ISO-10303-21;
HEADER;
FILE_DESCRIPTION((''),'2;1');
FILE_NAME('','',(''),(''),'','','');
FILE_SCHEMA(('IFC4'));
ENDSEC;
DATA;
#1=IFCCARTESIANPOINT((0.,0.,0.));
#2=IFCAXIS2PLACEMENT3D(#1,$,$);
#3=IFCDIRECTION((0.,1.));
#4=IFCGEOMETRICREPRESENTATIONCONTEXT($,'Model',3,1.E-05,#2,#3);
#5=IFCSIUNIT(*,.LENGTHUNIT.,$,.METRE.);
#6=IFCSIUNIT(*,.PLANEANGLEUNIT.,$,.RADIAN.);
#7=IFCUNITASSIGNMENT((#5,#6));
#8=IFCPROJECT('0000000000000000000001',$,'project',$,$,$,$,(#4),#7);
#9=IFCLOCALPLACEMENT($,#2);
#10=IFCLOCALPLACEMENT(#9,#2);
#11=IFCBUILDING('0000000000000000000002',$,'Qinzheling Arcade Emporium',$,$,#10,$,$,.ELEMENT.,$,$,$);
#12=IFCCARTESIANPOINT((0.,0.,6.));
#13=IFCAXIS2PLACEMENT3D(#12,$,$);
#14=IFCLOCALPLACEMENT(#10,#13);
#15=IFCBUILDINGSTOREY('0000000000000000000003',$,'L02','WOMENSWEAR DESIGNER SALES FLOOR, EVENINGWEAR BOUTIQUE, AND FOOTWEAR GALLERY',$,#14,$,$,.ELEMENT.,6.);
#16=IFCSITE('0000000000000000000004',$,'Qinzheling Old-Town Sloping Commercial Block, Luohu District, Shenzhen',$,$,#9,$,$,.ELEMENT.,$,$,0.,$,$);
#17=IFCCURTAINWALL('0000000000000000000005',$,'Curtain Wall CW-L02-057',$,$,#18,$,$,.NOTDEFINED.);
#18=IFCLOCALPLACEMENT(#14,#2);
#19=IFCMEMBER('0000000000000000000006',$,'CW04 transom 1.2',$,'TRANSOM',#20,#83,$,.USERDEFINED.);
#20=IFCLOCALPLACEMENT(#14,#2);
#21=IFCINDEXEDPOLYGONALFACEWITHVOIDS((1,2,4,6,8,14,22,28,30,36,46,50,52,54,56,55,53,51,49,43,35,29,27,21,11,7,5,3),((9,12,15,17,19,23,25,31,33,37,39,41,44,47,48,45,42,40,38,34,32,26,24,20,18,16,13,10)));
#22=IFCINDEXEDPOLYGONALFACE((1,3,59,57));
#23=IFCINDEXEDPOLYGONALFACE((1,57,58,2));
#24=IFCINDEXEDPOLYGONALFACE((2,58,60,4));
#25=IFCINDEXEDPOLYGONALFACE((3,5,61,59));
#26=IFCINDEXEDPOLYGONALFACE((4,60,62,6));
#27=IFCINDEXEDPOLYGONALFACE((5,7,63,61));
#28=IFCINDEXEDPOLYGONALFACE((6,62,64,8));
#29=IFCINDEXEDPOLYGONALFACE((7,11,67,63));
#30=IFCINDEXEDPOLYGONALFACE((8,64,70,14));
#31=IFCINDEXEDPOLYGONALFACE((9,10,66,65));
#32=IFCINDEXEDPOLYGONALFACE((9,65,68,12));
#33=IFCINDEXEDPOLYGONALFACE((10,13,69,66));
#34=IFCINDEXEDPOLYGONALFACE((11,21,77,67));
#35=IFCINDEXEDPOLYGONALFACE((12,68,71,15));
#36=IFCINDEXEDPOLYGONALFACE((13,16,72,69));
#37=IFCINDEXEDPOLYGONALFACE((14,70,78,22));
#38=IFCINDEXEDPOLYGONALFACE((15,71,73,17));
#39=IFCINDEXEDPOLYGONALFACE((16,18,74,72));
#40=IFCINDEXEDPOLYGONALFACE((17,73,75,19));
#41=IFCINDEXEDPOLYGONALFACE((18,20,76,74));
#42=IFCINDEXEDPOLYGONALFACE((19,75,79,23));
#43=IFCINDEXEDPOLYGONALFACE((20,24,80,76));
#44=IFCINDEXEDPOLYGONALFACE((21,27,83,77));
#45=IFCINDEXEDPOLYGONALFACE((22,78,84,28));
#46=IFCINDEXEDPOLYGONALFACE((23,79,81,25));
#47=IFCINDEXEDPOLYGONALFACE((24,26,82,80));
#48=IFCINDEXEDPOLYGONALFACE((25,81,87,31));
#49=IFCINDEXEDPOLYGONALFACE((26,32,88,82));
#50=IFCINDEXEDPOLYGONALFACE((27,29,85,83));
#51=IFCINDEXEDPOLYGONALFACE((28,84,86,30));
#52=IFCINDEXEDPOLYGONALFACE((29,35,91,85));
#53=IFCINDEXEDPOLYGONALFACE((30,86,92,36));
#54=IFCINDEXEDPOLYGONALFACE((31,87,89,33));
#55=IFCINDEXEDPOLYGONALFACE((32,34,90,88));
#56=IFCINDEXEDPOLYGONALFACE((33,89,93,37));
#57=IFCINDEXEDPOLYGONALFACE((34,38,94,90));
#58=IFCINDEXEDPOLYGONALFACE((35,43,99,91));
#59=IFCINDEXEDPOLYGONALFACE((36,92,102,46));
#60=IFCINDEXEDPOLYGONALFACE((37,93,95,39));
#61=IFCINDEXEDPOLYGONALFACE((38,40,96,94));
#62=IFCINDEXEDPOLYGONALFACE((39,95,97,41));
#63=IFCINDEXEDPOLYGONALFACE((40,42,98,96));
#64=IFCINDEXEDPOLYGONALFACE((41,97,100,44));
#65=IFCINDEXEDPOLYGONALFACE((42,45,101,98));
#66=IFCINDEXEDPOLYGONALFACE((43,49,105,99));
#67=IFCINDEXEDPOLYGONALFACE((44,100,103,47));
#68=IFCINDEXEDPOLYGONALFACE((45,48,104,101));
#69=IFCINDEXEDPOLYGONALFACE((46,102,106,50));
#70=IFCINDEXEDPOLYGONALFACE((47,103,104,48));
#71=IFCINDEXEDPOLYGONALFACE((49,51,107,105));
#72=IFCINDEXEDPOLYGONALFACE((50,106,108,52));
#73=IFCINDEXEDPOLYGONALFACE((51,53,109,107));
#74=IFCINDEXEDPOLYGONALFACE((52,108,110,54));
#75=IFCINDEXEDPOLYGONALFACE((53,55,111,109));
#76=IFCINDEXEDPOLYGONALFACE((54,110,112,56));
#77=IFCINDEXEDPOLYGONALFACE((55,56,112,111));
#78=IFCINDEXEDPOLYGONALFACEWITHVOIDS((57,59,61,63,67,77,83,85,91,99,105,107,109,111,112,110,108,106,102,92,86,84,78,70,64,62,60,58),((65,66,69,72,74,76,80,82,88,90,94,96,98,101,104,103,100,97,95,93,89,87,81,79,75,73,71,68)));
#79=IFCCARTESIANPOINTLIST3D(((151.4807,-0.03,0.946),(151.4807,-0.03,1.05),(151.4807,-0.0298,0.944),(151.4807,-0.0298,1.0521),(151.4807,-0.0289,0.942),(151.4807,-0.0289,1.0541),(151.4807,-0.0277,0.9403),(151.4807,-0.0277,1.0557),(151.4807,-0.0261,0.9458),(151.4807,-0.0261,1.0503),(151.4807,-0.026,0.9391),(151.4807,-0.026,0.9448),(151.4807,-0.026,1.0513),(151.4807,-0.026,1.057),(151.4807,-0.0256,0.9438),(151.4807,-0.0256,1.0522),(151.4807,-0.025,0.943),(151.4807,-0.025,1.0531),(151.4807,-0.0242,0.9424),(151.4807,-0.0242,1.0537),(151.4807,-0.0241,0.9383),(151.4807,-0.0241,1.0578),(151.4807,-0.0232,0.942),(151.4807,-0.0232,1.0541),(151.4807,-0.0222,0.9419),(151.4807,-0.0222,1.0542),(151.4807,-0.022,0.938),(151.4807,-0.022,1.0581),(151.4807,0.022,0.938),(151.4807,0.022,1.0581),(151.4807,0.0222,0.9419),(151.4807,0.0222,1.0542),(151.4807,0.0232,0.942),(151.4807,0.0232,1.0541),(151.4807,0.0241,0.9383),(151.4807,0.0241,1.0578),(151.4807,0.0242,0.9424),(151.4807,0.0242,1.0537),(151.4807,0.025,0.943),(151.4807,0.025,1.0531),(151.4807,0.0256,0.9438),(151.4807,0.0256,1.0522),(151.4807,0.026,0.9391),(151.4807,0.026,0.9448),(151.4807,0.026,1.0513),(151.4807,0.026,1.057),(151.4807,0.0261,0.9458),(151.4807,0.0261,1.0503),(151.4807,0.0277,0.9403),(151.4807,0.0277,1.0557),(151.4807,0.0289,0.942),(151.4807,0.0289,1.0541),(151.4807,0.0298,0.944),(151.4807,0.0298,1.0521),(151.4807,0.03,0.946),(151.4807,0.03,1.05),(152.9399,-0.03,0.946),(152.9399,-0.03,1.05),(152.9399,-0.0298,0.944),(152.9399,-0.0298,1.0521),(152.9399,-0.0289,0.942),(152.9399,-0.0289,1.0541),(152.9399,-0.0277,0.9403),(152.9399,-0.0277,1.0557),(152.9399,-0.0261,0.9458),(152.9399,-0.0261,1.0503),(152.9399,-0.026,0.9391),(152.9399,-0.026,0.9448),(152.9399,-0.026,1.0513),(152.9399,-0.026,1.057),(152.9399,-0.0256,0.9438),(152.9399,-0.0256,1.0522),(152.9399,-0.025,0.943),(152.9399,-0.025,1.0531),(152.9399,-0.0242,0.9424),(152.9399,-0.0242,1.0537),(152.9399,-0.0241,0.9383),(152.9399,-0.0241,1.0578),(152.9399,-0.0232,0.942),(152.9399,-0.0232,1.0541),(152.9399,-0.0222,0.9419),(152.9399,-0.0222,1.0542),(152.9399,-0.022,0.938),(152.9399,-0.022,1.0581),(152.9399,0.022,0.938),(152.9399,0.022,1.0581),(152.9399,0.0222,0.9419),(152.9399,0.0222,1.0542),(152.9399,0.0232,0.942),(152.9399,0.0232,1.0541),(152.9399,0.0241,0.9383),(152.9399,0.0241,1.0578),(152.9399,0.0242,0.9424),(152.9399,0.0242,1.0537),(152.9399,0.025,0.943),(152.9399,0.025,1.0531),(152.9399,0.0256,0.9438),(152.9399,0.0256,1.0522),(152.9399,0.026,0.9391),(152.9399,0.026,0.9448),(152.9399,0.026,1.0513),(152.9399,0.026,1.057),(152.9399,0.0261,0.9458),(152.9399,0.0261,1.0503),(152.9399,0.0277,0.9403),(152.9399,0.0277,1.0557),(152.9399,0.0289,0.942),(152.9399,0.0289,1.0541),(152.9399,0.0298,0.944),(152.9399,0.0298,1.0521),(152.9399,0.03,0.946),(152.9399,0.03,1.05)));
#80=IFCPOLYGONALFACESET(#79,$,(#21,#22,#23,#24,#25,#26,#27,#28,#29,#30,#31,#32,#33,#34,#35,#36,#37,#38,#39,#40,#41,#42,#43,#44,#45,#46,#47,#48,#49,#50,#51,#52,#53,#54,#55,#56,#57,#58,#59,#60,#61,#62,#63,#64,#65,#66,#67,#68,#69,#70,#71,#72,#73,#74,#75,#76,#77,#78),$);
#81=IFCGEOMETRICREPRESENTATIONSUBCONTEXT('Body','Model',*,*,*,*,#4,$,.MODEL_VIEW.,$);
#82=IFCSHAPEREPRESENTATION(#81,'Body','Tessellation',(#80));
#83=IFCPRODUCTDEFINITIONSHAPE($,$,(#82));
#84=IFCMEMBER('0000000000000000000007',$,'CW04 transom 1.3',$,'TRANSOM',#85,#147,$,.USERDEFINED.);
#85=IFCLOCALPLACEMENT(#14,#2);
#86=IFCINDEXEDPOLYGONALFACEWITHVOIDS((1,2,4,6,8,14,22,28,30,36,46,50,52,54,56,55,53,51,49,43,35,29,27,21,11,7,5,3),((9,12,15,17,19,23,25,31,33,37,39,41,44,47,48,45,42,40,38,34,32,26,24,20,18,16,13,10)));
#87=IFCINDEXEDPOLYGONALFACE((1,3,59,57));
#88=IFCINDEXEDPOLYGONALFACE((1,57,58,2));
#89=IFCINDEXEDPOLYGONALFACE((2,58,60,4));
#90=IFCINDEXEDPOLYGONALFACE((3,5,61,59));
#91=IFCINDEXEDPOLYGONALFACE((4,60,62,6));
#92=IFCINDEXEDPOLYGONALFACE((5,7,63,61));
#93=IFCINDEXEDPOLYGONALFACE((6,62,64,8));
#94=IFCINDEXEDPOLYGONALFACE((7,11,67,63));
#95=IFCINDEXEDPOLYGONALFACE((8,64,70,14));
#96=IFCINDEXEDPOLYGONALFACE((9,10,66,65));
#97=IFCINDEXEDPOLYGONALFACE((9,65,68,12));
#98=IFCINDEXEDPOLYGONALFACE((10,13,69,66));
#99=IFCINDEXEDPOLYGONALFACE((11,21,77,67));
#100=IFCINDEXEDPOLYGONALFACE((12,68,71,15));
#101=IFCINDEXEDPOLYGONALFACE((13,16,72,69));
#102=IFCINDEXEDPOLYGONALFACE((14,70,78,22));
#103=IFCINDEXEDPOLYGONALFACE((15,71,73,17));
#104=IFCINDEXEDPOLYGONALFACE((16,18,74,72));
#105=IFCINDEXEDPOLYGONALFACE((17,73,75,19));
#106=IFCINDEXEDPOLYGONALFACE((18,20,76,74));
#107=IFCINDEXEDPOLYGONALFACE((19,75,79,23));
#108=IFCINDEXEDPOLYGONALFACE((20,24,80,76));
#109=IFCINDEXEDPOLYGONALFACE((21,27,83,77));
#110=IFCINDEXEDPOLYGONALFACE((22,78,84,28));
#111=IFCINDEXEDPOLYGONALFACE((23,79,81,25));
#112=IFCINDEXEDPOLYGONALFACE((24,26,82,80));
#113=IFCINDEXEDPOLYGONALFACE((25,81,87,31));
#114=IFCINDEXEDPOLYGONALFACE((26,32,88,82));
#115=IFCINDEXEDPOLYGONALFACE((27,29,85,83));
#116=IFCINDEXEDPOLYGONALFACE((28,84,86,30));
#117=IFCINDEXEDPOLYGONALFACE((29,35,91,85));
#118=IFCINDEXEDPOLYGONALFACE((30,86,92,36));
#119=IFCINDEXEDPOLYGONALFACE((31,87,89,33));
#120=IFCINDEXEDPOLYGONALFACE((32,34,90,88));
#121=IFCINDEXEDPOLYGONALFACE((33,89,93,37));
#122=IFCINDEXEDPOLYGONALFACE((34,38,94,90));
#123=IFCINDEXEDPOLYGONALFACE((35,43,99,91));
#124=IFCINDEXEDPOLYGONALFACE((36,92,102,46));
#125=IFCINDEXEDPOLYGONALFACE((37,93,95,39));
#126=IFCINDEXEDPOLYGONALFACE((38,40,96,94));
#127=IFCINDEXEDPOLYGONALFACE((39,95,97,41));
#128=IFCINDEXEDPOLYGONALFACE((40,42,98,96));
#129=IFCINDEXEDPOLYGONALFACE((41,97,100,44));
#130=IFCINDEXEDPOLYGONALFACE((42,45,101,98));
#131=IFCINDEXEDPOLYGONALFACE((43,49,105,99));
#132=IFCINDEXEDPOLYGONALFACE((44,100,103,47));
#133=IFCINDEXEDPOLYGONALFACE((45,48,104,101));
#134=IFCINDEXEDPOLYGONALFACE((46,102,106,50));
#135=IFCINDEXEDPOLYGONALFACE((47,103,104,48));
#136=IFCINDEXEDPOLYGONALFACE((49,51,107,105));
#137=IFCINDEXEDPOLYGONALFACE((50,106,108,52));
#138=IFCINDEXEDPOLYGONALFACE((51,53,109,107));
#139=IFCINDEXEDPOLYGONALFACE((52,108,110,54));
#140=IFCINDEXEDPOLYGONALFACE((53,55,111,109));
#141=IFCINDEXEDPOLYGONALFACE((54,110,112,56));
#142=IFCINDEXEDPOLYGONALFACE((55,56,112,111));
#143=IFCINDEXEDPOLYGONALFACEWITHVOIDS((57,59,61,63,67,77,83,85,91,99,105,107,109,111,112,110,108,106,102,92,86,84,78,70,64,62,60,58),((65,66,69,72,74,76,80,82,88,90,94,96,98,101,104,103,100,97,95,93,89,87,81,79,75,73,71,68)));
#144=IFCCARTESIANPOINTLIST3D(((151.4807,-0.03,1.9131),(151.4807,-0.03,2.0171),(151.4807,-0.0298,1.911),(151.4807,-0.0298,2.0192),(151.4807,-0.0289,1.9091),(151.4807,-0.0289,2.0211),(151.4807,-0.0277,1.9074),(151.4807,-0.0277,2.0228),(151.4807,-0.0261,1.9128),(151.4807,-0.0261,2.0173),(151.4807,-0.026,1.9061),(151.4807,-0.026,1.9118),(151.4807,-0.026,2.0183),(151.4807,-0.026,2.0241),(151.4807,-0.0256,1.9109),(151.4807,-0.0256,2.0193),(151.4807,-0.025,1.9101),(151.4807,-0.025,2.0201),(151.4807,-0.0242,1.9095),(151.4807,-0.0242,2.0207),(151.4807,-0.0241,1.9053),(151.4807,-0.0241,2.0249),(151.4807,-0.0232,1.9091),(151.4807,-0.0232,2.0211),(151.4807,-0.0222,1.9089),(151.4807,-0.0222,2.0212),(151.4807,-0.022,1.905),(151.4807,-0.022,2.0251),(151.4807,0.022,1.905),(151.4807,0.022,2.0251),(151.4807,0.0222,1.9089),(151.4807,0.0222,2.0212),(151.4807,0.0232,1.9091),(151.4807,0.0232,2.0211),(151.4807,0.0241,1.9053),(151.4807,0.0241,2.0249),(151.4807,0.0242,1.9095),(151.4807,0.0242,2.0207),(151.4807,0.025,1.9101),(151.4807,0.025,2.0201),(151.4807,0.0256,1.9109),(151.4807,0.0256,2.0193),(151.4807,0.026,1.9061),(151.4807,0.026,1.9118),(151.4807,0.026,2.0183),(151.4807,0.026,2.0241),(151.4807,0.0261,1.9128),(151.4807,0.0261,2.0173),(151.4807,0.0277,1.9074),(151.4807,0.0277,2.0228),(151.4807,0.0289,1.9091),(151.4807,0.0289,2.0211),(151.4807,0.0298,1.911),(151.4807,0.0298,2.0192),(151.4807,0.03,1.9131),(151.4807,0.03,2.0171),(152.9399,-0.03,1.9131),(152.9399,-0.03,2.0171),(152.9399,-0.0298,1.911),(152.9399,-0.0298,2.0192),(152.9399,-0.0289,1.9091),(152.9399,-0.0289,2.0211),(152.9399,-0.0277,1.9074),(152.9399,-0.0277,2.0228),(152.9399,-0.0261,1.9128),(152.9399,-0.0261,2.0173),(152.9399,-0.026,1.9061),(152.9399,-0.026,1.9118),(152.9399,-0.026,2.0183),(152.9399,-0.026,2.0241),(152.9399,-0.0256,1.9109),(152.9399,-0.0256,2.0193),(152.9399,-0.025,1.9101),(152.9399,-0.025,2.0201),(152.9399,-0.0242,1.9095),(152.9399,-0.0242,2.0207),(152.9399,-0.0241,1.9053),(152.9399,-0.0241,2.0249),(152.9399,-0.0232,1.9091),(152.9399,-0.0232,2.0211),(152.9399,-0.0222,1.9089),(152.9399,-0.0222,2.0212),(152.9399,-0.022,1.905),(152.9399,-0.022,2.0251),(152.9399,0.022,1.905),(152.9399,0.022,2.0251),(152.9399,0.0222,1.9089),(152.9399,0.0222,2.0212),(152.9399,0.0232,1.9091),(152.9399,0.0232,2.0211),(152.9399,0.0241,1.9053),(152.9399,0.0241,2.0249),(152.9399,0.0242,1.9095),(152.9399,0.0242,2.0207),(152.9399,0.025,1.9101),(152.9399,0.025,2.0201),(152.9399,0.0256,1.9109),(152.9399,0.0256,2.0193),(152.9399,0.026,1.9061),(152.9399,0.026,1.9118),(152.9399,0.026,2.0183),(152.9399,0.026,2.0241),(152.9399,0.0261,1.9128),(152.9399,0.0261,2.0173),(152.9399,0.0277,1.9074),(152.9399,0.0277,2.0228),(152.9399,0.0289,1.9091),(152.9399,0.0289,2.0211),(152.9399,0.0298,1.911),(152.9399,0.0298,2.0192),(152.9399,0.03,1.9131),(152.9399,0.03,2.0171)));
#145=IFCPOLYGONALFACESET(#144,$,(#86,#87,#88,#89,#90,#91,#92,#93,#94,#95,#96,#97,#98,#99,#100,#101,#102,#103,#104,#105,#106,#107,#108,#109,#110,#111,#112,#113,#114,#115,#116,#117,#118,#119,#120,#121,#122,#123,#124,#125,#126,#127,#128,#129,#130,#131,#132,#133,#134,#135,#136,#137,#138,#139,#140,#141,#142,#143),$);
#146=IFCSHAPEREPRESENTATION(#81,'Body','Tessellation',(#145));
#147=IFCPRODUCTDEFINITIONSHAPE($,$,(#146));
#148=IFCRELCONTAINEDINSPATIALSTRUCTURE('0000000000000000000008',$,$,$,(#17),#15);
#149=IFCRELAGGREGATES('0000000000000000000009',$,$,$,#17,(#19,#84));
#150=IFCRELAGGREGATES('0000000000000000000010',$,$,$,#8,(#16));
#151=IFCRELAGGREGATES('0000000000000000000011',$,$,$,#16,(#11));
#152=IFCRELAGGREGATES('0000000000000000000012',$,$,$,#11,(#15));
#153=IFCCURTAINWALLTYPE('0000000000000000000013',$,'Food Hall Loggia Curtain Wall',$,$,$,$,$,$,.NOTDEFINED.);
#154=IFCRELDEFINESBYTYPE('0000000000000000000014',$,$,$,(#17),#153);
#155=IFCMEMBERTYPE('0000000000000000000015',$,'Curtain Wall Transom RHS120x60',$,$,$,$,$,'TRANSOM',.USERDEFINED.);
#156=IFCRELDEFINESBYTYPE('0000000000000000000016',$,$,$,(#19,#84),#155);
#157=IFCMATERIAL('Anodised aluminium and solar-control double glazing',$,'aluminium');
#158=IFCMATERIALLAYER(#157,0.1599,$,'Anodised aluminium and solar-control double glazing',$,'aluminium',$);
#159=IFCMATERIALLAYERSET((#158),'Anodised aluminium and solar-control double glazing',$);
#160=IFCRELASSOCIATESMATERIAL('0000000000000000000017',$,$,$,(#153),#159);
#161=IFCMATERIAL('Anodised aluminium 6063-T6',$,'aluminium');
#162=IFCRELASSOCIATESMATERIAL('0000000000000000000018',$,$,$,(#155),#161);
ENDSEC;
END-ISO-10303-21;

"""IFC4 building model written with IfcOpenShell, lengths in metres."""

from ifc_helpers import new_model, si_unit, direction, frame, origin, origin_2d, place, context, subcontext, project, spatial, hollow_rectangle, extrude, material, layer, layer_set, material_profile, profile_set, type_object, element, aggregate, save


model = new_model("IFC4")

# Units and contexts
model_context = context("Model", 3, precision=1e-05, world=origin(), true_north=direction((0.0, 1.0)))
body_context = subcontext(model_context, "Body", "Model", "MODEL_VIEW")
ifc_project = project(units=[si_unit("LENGTHUNIT", "METRE"), si_unit("PLANEANGLEUNIT", "RADIAN")], contexts=[model_context])

# Site, building, storey
site_placement = place(None, origin())
site = spatial("IfcSite", under=ifc_project, at=site_placement, Name="Qinzheling Old-Town Sloping Commercial Block, Luohu District, Shenzhen", CompositionType="ELEMENT", RefElevation=0.0)
building_placement = place(site_placement, origin())
building = spatial("IfcBuilding", under=site, at=building_placement, Name="Qinzheling Arcade Emporium", CompositionType="ELEMENT")
storey_placement = place(building_placement, frame((0.0, 0.0, 6.0)))
storey = spatial("IfcBuildingStorey", under=building, at=storey_placement, Name="L02", Description="WOMENSWEAR DESIGNER SALES FLOOR, EVENINGWEAR BOUTIQUE, AND FOOTWEAR GALLERY", CompositionType="ELEMENT", Elevation=6.0)

# Shared definitions
ifc_material_1 = material(Name="Anodised aluminium and solar-control double glazing", Category="aluminium")
ifc_material_2 = material(Name="Anodised aluminium 6063-T6", Category="aluminium")

# Curtain wall
ifc_layer_1 = layer(ifc_material_1, 0.1599, Name="Anodised aluminium and solar-control double glazing", Category="aluminium")
ifc_layer_set_1 = layer_set([ifc_layer_1], Name="Anodised aluminium and solar-control double glazing")
curtain_wall_type_1 = type_object("IfcCurtainWallType", Name="Food Hall Loggia Curtain Wall", PredefinedType="NOTDEFINED", material=ifc_layer_set_1)
curtain_wall_1_placement = place(storey_placement, origin())
curtain_wall_1 = element("IfcCurtainWall", 1, at=curtain_wall_1_placement, inside=storey, type_object=curtain_wall_type_1, Name="Curtain Wall CW-L02-057", PredefinedType="NOTDEFINED")

# Members
ifc_material_profile_1 = material_profile(ifc_material_2, hollow_rectangle(XDim=0.0601, YDim=0.1201, WallThickness=0.0039, InnerFilletRadius=0.0039, OuterFilletRadius=0.0081, at=origin_2d()), Name="RHS 120x60x4", Category="aluminium")
ifc_profile_set_1 = profile_set([ifc_material_profile_1], Name="Anodised aluminium 6063-T6")
member_type_1 = type_object("IfcMemberType", Name="Curtain Wall Transom RHS120x60", ElementType="TRANSOM", PredefinedType="USERDEFINED", material=ifc_profile_set_1)
member_1_placement = place(storey_placement, frame((152.9399, 0.0, 0.998), z_axis=(-1.0, 0.0, 0.0), x_axis=(0.0, -1.0, 0.0)))
member_1 = element("IfcMember", 2, at=member_1_placement, type_object=member_type_1, Name="CW04 transom 1.2", ObjectType="TRANSOM", PredefinedType="USERDEFINED", context=body_context, shape_type="SweptSolid", body=[
    extrude(hollow_rectangle(XDim=0.0601, YDim=0.1201, WallThickness=0.0039, InnerFilletRadius=0.0039, OuterFilletRadius=0.0081, at=origin_2d()), origin(), (0.0, 0.0, 1.0), 1.4592),
])
member_2_placement = place(storey_placement, frame((152.9399, 0.0, 1.9651), z_axis=(-1.0, 0.0, 0.0), x_axis=(0.0, -1.0, 0.0)))
member_2 = element("IfcMember", 3, at=member_2_placement, type_object=member_type_1, Name="CW04 transom 1.3", ObjectType="TRANSOM", PredefinedType="USERDEFINED", context=body_context, shape_type="SweptSolid", body=[
    extrude(hollow_rectangle(XDim=0.0601, YDim=0.1201, WallThickness=0.0039, InnerFilletRadius=0.0039, OuterFilletRadius=0.0081, at=origin_2d()), origin(), (0.0, 0.0, 1.0), 1.4592),
])

aggregate(curtain_wall_1, [member_1, member_2])

save(model, "model.ifc")
